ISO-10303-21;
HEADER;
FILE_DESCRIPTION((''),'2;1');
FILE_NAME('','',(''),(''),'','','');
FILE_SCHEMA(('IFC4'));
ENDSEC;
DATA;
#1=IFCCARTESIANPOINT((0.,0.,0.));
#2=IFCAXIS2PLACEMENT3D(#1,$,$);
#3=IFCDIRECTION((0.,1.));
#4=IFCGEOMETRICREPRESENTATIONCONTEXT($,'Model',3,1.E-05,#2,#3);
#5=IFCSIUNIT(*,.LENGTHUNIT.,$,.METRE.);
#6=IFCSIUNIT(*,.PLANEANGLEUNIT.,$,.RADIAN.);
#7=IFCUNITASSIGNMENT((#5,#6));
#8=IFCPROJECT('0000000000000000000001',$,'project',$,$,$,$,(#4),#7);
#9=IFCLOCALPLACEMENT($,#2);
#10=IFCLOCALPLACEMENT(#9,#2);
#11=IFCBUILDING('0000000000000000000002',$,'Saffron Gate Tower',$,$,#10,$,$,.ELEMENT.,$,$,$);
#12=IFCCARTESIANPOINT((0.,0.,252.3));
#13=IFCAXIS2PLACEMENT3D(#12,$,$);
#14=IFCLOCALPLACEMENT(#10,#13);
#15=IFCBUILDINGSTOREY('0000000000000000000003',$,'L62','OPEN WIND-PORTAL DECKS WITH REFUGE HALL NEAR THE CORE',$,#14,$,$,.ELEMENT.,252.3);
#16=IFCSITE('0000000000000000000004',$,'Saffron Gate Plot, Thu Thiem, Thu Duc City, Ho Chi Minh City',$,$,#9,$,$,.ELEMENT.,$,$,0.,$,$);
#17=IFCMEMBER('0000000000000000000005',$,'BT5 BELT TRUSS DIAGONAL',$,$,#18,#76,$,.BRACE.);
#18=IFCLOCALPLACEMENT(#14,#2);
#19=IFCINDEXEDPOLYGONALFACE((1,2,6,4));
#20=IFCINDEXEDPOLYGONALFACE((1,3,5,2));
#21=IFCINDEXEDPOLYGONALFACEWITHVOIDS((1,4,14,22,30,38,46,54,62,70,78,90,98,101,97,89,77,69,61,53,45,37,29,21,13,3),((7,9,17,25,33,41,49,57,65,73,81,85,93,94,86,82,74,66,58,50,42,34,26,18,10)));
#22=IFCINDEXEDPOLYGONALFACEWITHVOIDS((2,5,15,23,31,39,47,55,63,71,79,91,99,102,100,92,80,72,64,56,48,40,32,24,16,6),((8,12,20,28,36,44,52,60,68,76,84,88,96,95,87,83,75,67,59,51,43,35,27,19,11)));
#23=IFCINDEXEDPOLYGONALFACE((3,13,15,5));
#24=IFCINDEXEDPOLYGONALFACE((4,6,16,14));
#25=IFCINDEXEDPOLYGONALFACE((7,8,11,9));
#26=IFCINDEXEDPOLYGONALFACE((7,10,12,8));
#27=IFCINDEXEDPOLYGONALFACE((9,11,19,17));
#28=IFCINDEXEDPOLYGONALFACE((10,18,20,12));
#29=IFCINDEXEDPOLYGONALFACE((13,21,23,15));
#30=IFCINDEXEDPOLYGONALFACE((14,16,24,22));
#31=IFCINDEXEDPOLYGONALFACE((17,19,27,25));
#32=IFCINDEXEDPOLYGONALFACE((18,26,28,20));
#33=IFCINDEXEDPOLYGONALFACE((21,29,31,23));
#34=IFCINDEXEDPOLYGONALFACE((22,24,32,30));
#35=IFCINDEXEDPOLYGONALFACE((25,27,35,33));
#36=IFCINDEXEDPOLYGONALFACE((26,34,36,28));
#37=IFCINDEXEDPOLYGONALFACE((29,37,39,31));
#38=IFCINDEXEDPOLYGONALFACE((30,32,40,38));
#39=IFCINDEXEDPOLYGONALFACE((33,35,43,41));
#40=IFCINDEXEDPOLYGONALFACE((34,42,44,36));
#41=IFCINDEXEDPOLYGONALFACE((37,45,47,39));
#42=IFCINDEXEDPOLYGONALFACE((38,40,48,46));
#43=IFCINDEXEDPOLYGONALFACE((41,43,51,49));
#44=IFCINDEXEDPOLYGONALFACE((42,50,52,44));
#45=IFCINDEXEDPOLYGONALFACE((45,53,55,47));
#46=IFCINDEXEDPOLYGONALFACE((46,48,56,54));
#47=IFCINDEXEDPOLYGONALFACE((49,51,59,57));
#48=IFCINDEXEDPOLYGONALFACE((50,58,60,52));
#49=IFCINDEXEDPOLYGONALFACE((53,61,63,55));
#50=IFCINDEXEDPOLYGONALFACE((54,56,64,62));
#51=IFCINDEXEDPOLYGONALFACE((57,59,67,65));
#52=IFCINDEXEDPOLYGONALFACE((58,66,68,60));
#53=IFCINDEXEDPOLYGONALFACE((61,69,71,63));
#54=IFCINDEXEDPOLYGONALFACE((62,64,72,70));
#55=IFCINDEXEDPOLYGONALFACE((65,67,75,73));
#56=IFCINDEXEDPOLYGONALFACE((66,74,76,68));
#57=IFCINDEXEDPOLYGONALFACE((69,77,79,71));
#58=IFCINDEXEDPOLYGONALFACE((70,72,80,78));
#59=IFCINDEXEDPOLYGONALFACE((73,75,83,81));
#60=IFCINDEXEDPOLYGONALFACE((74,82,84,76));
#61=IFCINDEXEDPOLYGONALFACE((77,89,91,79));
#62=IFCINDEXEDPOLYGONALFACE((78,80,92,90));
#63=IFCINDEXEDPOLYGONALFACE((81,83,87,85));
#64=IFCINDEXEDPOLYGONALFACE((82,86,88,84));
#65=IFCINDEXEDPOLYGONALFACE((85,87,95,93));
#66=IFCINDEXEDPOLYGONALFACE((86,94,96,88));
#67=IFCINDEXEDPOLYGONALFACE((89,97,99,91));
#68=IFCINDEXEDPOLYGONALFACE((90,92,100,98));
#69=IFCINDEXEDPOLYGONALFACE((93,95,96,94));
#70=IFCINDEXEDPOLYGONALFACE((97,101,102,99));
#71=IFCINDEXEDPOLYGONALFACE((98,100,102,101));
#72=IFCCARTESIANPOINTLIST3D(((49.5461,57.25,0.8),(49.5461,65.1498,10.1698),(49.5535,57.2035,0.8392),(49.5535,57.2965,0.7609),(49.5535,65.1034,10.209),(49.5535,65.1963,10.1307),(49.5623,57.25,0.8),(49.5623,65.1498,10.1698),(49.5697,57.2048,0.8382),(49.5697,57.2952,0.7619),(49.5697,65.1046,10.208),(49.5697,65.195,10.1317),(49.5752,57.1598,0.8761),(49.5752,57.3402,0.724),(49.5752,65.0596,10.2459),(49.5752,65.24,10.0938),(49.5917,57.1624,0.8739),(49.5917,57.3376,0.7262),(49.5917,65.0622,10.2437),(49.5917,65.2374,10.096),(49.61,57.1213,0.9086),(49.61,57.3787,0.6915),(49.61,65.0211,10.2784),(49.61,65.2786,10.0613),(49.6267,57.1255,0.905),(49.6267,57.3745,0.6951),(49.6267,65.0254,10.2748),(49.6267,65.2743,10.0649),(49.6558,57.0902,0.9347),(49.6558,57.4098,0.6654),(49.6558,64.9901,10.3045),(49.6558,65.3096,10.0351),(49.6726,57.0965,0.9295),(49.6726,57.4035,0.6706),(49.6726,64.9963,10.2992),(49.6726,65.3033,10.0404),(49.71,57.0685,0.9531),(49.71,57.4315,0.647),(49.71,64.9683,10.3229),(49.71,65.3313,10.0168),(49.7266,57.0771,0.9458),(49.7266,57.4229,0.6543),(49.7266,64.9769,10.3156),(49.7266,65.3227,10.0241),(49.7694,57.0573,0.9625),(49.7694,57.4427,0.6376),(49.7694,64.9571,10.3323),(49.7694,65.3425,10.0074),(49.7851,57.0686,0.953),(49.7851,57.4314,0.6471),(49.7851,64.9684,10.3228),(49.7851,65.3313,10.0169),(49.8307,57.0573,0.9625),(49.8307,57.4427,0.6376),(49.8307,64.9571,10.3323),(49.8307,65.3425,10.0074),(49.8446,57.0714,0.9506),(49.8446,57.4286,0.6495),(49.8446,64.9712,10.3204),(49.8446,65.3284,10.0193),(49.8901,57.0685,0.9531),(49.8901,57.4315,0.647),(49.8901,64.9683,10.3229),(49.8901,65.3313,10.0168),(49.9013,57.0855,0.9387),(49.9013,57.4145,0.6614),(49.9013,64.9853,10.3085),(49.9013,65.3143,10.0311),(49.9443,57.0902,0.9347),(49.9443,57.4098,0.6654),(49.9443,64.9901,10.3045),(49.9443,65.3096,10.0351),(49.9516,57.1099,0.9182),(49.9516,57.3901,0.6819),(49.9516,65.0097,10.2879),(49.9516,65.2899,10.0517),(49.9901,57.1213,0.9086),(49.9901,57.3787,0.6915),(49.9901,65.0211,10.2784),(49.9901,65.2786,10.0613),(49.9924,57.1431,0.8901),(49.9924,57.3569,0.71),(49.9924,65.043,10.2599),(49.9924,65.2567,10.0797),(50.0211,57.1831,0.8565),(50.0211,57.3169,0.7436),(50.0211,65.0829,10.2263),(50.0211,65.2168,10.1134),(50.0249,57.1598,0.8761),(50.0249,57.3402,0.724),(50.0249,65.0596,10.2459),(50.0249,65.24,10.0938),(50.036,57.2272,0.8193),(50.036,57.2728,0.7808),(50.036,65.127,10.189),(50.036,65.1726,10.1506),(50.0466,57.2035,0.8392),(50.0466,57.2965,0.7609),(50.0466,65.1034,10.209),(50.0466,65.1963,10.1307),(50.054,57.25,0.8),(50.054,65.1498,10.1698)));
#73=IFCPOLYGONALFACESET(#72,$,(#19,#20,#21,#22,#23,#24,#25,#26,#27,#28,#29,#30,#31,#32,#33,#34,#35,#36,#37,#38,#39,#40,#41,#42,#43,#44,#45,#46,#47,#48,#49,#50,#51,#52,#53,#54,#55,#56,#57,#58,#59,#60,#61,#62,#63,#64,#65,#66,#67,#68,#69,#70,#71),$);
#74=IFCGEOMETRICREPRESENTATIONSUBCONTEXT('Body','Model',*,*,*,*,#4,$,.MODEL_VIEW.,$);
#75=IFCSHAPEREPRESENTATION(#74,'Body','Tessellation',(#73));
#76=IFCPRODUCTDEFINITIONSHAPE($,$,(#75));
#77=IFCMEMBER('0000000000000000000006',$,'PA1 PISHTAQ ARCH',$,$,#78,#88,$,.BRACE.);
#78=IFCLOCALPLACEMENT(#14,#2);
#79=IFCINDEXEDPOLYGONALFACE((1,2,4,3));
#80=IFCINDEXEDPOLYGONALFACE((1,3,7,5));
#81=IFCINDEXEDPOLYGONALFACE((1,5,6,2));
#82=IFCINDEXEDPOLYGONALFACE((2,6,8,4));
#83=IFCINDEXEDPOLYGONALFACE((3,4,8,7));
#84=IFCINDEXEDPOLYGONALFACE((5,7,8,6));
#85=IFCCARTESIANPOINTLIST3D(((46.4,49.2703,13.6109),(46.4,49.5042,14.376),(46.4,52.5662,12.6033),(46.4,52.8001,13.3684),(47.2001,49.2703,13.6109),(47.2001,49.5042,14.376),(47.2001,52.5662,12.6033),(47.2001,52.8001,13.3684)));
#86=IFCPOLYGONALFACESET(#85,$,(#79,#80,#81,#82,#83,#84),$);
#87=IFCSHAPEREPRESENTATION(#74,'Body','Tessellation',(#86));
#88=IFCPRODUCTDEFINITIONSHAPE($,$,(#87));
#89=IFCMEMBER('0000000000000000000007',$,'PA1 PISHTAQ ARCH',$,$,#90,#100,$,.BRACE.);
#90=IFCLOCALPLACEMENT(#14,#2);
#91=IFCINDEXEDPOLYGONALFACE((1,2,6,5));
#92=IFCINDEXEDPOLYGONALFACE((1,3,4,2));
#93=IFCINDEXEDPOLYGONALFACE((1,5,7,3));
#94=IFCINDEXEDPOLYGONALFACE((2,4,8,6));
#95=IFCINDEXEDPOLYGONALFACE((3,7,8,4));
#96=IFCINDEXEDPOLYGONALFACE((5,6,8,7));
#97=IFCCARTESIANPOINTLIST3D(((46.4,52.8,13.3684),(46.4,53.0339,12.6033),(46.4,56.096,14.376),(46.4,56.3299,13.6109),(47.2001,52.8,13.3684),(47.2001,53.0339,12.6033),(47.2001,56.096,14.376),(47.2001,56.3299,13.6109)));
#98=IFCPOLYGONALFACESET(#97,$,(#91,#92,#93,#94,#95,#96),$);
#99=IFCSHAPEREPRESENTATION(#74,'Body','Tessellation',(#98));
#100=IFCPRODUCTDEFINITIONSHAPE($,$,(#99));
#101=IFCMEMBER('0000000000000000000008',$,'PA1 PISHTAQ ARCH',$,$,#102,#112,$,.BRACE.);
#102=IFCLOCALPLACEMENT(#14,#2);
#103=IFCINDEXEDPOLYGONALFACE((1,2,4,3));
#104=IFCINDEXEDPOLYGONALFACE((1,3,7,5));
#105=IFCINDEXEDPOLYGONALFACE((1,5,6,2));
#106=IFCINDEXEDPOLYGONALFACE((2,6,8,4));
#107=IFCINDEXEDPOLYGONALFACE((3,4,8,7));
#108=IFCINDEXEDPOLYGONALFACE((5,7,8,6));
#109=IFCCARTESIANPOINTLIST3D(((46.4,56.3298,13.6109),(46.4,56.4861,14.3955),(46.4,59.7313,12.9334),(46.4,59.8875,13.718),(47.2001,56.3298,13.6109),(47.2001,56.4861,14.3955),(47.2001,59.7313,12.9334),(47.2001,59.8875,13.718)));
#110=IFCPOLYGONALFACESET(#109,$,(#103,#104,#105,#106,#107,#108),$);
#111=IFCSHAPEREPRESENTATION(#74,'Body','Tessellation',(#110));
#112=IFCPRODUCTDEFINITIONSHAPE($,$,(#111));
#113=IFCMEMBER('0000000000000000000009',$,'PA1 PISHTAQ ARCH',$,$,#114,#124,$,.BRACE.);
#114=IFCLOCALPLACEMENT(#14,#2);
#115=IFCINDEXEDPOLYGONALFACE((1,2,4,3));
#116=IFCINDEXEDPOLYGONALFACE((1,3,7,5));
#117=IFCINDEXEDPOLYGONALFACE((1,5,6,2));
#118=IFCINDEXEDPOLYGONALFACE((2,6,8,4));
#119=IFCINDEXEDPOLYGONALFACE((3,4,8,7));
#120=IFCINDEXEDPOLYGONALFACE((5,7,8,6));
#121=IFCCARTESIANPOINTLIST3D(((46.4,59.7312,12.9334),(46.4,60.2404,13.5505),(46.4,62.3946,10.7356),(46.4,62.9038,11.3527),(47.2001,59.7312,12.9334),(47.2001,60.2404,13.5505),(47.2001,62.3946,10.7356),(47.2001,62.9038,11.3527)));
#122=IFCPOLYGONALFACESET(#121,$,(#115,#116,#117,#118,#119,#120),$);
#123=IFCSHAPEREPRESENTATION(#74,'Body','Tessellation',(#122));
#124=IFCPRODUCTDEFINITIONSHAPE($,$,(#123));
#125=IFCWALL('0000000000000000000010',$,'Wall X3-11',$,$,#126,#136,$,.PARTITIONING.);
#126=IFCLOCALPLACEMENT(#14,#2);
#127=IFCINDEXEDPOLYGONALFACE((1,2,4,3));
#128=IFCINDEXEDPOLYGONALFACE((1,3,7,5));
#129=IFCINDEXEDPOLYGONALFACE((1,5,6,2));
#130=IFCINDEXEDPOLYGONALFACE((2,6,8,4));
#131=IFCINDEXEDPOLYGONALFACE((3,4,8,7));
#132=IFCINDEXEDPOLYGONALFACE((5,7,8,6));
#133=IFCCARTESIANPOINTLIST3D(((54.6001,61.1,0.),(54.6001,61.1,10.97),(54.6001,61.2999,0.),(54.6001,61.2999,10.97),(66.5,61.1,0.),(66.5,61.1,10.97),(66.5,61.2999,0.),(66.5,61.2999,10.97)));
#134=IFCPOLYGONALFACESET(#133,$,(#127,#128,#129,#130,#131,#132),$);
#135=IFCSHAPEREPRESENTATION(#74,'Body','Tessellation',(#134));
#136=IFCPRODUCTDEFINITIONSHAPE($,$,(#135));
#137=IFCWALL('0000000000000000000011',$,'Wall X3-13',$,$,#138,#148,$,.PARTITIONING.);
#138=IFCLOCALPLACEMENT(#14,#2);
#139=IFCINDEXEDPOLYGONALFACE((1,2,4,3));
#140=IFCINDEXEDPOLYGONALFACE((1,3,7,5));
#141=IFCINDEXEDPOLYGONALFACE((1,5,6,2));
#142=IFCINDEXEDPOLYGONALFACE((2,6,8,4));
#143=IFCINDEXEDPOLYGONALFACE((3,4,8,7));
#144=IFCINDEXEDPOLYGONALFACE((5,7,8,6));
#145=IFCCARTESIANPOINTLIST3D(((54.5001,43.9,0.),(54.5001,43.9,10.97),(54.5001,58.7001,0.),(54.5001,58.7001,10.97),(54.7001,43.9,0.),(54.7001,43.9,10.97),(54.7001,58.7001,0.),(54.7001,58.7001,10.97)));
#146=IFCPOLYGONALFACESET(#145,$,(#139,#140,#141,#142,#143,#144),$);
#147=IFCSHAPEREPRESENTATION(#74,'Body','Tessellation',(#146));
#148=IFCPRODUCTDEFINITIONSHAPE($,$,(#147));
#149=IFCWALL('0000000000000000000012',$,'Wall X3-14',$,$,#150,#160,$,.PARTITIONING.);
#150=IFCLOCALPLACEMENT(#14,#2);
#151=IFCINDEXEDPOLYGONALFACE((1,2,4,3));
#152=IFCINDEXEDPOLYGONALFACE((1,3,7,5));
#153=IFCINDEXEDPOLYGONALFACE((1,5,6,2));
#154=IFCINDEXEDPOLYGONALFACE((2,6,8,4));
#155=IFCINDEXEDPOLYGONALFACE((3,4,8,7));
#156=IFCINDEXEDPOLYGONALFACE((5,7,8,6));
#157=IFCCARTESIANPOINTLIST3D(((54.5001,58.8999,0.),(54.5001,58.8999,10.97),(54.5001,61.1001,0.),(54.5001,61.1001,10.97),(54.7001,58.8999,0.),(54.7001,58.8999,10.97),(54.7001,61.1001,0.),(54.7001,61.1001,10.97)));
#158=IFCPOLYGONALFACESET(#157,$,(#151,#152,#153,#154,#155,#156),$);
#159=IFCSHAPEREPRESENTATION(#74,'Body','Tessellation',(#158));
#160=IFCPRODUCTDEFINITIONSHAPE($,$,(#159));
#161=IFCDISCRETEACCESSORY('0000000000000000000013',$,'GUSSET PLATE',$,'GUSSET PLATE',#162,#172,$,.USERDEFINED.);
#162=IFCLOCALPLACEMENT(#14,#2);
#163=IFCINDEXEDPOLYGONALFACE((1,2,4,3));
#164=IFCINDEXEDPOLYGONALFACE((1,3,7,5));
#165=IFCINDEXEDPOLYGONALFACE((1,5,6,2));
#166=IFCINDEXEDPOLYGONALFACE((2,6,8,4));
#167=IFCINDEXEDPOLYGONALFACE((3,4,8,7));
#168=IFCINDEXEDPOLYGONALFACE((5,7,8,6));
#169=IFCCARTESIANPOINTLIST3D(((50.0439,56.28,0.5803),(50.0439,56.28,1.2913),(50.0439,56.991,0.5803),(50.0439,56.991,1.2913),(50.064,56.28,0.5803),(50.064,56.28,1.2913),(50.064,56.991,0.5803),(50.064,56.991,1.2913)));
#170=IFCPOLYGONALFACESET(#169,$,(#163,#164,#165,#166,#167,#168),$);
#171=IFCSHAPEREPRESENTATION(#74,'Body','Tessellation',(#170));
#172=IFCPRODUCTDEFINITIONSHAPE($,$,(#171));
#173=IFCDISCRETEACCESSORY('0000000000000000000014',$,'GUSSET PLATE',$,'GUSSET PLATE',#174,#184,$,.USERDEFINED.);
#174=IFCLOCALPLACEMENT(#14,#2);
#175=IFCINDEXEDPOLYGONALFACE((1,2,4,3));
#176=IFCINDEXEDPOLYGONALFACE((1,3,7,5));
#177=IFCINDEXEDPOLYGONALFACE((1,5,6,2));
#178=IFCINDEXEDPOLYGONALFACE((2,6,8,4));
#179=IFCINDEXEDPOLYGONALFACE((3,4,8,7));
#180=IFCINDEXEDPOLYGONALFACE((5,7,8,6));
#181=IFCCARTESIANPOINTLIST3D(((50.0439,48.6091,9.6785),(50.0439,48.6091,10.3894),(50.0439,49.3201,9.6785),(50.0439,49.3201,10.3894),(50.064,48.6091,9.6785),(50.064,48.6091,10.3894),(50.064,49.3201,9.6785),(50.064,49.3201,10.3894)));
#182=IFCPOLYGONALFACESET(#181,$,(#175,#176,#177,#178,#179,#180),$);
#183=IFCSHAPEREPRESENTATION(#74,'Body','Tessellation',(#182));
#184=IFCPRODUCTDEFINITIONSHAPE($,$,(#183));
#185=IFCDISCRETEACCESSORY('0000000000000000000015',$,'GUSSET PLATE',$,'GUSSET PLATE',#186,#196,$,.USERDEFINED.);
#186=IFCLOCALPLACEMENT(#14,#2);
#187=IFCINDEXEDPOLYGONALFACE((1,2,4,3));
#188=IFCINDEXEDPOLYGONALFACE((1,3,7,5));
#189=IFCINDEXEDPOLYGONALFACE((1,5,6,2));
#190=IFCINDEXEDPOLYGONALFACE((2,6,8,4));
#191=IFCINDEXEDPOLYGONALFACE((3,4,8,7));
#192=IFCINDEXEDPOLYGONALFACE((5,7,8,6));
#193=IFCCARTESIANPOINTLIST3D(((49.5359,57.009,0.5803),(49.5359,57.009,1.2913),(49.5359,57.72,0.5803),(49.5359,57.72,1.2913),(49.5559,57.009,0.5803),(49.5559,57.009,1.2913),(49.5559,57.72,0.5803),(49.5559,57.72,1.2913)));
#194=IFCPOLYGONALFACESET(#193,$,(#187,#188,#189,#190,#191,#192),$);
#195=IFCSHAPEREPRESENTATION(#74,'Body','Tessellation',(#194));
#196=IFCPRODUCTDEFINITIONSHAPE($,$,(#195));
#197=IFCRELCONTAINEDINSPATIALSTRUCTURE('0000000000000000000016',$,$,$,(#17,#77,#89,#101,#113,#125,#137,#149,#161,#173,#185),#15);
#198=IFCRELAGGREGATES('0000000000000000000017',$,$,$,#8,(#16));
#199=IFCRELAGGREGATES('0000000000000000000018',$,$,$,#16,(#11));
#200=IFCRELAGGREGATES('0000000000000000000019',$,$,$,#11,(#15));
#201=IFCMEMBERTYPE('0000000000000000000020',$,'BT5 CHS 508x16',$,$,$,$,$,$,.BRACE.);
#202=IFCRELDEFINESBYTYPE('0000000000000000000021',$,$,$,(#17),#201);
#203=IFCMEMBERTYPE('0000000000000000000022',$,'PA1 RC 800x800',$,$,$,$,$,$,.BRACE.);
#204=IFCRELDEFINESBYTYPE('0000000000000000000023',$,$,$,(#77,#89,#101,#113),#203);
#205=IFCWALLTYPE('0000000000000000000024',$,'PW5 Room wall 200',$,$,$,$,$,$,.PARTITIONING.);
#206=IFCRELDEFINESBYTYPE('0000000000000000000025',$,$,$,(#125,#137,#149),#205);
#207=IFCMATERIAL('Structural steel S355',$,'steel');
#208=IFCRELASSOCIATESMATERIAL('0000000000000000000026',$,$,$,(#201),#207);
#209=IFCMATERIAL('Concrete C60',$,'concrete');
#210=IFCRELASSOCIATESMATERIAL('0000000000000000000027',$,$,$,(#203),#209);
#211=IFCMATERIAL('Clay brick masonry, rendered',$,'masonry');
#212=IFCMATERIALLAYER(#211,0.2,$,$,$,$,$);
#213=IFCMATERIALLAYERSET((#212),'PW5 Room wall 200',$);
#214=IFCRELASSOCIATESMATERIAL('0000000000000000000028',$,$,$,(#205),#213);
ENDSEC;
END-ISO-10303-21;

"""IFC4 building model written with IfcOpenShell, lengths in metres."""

from ifc_helpers import new_model, si_unit, direction, frame, frame_2d, origin, origin_2d, place, context, subcontext, project, spatial, rectangle, hollow_circle, extrude, material, layer, layer_set, material_profile, profile_set, type_object, element, save


model = new_model("IFC4")

# Units and contexts
model_context = context("Model", 3, precision=1e-05, world=origin(), true_north=direction((0.0, 1.0)))
body_context = subcontext(model_context, "Body", "Model", "MODEL_VIEW")
ifc_project = project(units=[si_unit("LENGTHUNIT", "METRE"), si_unit("PLANEANGLEUNIT", "RADIAN")], contexts=[model_context])

# Site, building, storey
site_placement = place(None, origin())
site = spatial("IfcSite", under=ifc_project, at=site_placement, Name="Saffron Gate Plot, Thu Thiem, Thu Duc City, Ho Chi Minh City", CompositionType="ELEMENT", RefElevation=0.0)
building_placement = place(site_placement, origin())
building = spatial("IfcBuilding", under=site, at=building_placement, Name="Saffron Gate Tower", CompositionType="ELEMENT")
storey_placement = place(building_placement, frame((0.0, 0.0, 252.3)))
storey = spatial("IfcBuildingStorey", under=building, at=storey_placement, Name="L62", Description="OPEN WIND-PORTAL DECKS WITH REFUGE HALL NEAR THE CORE", CompositionType="ELEMENT", Elevation=252.3)

# Shared definitions
ifc_material_1 = material(Name="Structural steel S355", Category="steel")

# Members
ifc_material_profile_1 = material_profile(ifc_material_1, hollow_circle(Radius=0.2539, WallThickness=0.0161, at=origin_2d()))
ifc_profile_set_1 = profile_set([ifc_material_profile_1], Name="Structural steel S355")
member_type_1 = type_object("IfcMemberType", Name="BT5 CHS 508x16", PredefinedType="BRACE", material=ifc_profile_set_1)
for number, where, z_axis, x_axis, name in (
    (1, (49.8, 57.25, 0.8), (0.0, 0.644588, 0.76453), (-1.0, 0.0, 0.0), "BT5 BELT TRUSS DIAGONAL"),
):
    element("IfcMember", number, at=place(storey_placement, frame(where, z_axis=z_axis, x_axis=x_axis)), inside=storey, type_object=member_type_1, Name=name, PredefinedType="BRACE", context=body_context, shape_type="SweptSolid", body=[
        extrude(hollow_circle(Radius=0.2539, WallThickness=0.0161, at=origin_2d()), origin(), (0.0, 0.0, 1.0), 12.2556),
    ])
ifc_material_2 = material(Name="Concrete C60", Category="concrete")
ifc_material_profile_2 = material_profile(ifc_material_2, rectangle(XDim=0.8, YDim=0.8, at=origin_2d()))
ifc_profile_set_2 = profile_set([ifc_material_profile_2], Name="Concrete C60")
member_type_2 = type_object("IfcMemberType", Name="PA1 RC 800x800", PredefinedType="BRACE", material=ifc_profile_set_2)
for number, where, z_axis, x_axis, name in (
    (2, (46.8, 49.3872, 13.9934), (0.0, 0.956312, -0.292348), (-1.0, 0.0, 0.0), "PA1 PISHTAQ ARCH"),
    (3, (46.8, 52.917, 12.9858), (0.0, 0.956312, 0.292348), (-1.0, 0.0, 0.0), "PA1 PISHTAQ ARCH"),
):
    element("IfcMember", number, at=place(storey_placement, frame(where, z_axis=z_axis, x_axis=x_axis)), inside=storey, type_object=member_type_2, Name=name, PredefinedType="BRACE", context=body_context, shape_type="SweptSolid", body=[
        extrude(rectangle(XDim=0.8, YDim=0.8, at=origin_2d()), origin(), (0.0, 0.0, 1.0), 3.4465),
    ])
member_1_placement = place(storey_placement, frame((46.8, 56.408, 14.0032), z_axis=(0.0, 0.980735, -0.195344), x_axis=(-1.0, 0.0, 0.0)))
element("IfcMember", 4, at=member_1_placement, inside=storey, type_object=member_type_2, Name="PA1 PISHTAQ ARCH", PredefinedType="BRACE", context=body_context, shape_type="SweptSolid", body=[
    extrude(rectangle(XDim=0.8, YDim=0.8, at=origin_2d()), origin(), (0.0, 0.0, 1.0), 3.4683),
])
member_2_placement = place(storey_placement, frame((46.8, 59.9858, 13.2419), z_axis=(0.0, 0.771301, -0.63647), x_axis=(-1.0, 0.0, 0.0)))
element("IfcMember", 5, at=member_2_placement, inside=storey, type_object=member_type_2, Name="PA1 PISHTAQ ARCH", PredefinedType="BRACE", context=body_context, shape_type="SweptSolid", body=[
    extrude(rectangle(XDim=0.8, YDim=0.8, at=origin_2d()), origin(), (0.0, 0.0, 1.0), 3.4531),
])

# Walls
ifc_material_3 = material(Name="Clay brick masonry, rendered", Category="masonry")
ifc_layer = layer(ifc_material_3, 0.2)
ifc_layer_set = layer_set([ifc_layer], Name="PW5 Room wall 200")
wall_type = type_object("IfcWallType", Name="PW5 Room wall 200", PredefinedType="PARTITIONING", material=ifc_layer_set)
wall_1_placement = place(storey_placement, frame((54.6001, 61.2, 0.0), z_axis=(0.0, 0.0, 1.0), x_axis=(1.0, 0.0, 0.0)))
element("IfcWall", 6, at=wall_1_placement, inside=storey, type_object=wall_type, Name="Wall X3-11", PredefinedType="PARTITIONING", context=body_context, shape_type="SweptSolid", body=[
    extrude(rectangle(XDim=11.8999, YDim=0.2, at=frame_2d((5.95, 0.0))), origin(), (0.0, 0.0, 1.0), 10.97),
])
wall_2_placement = place(storey_placement, frame((54.6001, 58.7, 0.0), z_axis=(0.0, 0.0, 1.0), x_axis=(0.0, -1.0, 0.0)))
element("IfcWall", 7, at=wall_2_placement, inside=storey, type_object=wall_type, Name="Wall X3-13", PredefinedType="PARTITIONING", context=body_context, shape_type="SweptSolid", body=[
    extrude(rectangle(XDim=14.8, YDim=0.2, at=frame_2d((7.3999, 0.0))), origin(), (0.0, 0.0, 1.0), 10.97),
])
wall_3_placement = place(storey_placement, frame((54.6001, 61.1001, 0.0), z_axis=(0.0, 0.0, 1.0), x_axis=(0.0, -1.0, 0.0)))
element("IfcWall", 8, at=wall_3_placement, inside=storey, type_object=wall_type, Name="Wall X3-14", PredefinedType="PARTITIONING", context=body_context, shape_type="SweptSolid", body=[
    extrude(rectangle(XDim=2.2002, YDim=0.2, at=frame_2d((1.1001, 0.0))), origin(), (0.0, 0.0, 1.0), 10.97),
])

# Discrete accessories
for number, where, z_axis, x_axis, name in (
    (9, (50.054, 56.6355, 0.5803), (0.0, 0.0, 1.0), (0.0, -1.0, 0.0), "GUSSET PLATE"),
    (10, (50.054, 48.9646, 9.6785), (0.0, 0.0, 1.0), (0.0, -1.0, 0.0), "GUSSET PLATE"),
    (11, (49.5459, 57.3645, 0.5803), (0.0, 0.0, 1.0), (0.0, 1.0, 0.0), "GUSSET PLATE"),
):
    element("IfcDiscreteAccessory", number, at=place(storey_placement, frame(where, z_axis=z_axis, x_axis=x_axis)), inside=storey, Name=name, ObjectType="GUSSET PLATE", PredefinedType="USERDEFINED", context=body_context, shape_type="SweptSolid", body=[
        extrude(rectangle(XDim=0.7109, YDim=0.02, at=origin_2d()), origin(), (0.0, 0.0, 1.0), 0.7109),
    ])

save(model, "model.ifc")
